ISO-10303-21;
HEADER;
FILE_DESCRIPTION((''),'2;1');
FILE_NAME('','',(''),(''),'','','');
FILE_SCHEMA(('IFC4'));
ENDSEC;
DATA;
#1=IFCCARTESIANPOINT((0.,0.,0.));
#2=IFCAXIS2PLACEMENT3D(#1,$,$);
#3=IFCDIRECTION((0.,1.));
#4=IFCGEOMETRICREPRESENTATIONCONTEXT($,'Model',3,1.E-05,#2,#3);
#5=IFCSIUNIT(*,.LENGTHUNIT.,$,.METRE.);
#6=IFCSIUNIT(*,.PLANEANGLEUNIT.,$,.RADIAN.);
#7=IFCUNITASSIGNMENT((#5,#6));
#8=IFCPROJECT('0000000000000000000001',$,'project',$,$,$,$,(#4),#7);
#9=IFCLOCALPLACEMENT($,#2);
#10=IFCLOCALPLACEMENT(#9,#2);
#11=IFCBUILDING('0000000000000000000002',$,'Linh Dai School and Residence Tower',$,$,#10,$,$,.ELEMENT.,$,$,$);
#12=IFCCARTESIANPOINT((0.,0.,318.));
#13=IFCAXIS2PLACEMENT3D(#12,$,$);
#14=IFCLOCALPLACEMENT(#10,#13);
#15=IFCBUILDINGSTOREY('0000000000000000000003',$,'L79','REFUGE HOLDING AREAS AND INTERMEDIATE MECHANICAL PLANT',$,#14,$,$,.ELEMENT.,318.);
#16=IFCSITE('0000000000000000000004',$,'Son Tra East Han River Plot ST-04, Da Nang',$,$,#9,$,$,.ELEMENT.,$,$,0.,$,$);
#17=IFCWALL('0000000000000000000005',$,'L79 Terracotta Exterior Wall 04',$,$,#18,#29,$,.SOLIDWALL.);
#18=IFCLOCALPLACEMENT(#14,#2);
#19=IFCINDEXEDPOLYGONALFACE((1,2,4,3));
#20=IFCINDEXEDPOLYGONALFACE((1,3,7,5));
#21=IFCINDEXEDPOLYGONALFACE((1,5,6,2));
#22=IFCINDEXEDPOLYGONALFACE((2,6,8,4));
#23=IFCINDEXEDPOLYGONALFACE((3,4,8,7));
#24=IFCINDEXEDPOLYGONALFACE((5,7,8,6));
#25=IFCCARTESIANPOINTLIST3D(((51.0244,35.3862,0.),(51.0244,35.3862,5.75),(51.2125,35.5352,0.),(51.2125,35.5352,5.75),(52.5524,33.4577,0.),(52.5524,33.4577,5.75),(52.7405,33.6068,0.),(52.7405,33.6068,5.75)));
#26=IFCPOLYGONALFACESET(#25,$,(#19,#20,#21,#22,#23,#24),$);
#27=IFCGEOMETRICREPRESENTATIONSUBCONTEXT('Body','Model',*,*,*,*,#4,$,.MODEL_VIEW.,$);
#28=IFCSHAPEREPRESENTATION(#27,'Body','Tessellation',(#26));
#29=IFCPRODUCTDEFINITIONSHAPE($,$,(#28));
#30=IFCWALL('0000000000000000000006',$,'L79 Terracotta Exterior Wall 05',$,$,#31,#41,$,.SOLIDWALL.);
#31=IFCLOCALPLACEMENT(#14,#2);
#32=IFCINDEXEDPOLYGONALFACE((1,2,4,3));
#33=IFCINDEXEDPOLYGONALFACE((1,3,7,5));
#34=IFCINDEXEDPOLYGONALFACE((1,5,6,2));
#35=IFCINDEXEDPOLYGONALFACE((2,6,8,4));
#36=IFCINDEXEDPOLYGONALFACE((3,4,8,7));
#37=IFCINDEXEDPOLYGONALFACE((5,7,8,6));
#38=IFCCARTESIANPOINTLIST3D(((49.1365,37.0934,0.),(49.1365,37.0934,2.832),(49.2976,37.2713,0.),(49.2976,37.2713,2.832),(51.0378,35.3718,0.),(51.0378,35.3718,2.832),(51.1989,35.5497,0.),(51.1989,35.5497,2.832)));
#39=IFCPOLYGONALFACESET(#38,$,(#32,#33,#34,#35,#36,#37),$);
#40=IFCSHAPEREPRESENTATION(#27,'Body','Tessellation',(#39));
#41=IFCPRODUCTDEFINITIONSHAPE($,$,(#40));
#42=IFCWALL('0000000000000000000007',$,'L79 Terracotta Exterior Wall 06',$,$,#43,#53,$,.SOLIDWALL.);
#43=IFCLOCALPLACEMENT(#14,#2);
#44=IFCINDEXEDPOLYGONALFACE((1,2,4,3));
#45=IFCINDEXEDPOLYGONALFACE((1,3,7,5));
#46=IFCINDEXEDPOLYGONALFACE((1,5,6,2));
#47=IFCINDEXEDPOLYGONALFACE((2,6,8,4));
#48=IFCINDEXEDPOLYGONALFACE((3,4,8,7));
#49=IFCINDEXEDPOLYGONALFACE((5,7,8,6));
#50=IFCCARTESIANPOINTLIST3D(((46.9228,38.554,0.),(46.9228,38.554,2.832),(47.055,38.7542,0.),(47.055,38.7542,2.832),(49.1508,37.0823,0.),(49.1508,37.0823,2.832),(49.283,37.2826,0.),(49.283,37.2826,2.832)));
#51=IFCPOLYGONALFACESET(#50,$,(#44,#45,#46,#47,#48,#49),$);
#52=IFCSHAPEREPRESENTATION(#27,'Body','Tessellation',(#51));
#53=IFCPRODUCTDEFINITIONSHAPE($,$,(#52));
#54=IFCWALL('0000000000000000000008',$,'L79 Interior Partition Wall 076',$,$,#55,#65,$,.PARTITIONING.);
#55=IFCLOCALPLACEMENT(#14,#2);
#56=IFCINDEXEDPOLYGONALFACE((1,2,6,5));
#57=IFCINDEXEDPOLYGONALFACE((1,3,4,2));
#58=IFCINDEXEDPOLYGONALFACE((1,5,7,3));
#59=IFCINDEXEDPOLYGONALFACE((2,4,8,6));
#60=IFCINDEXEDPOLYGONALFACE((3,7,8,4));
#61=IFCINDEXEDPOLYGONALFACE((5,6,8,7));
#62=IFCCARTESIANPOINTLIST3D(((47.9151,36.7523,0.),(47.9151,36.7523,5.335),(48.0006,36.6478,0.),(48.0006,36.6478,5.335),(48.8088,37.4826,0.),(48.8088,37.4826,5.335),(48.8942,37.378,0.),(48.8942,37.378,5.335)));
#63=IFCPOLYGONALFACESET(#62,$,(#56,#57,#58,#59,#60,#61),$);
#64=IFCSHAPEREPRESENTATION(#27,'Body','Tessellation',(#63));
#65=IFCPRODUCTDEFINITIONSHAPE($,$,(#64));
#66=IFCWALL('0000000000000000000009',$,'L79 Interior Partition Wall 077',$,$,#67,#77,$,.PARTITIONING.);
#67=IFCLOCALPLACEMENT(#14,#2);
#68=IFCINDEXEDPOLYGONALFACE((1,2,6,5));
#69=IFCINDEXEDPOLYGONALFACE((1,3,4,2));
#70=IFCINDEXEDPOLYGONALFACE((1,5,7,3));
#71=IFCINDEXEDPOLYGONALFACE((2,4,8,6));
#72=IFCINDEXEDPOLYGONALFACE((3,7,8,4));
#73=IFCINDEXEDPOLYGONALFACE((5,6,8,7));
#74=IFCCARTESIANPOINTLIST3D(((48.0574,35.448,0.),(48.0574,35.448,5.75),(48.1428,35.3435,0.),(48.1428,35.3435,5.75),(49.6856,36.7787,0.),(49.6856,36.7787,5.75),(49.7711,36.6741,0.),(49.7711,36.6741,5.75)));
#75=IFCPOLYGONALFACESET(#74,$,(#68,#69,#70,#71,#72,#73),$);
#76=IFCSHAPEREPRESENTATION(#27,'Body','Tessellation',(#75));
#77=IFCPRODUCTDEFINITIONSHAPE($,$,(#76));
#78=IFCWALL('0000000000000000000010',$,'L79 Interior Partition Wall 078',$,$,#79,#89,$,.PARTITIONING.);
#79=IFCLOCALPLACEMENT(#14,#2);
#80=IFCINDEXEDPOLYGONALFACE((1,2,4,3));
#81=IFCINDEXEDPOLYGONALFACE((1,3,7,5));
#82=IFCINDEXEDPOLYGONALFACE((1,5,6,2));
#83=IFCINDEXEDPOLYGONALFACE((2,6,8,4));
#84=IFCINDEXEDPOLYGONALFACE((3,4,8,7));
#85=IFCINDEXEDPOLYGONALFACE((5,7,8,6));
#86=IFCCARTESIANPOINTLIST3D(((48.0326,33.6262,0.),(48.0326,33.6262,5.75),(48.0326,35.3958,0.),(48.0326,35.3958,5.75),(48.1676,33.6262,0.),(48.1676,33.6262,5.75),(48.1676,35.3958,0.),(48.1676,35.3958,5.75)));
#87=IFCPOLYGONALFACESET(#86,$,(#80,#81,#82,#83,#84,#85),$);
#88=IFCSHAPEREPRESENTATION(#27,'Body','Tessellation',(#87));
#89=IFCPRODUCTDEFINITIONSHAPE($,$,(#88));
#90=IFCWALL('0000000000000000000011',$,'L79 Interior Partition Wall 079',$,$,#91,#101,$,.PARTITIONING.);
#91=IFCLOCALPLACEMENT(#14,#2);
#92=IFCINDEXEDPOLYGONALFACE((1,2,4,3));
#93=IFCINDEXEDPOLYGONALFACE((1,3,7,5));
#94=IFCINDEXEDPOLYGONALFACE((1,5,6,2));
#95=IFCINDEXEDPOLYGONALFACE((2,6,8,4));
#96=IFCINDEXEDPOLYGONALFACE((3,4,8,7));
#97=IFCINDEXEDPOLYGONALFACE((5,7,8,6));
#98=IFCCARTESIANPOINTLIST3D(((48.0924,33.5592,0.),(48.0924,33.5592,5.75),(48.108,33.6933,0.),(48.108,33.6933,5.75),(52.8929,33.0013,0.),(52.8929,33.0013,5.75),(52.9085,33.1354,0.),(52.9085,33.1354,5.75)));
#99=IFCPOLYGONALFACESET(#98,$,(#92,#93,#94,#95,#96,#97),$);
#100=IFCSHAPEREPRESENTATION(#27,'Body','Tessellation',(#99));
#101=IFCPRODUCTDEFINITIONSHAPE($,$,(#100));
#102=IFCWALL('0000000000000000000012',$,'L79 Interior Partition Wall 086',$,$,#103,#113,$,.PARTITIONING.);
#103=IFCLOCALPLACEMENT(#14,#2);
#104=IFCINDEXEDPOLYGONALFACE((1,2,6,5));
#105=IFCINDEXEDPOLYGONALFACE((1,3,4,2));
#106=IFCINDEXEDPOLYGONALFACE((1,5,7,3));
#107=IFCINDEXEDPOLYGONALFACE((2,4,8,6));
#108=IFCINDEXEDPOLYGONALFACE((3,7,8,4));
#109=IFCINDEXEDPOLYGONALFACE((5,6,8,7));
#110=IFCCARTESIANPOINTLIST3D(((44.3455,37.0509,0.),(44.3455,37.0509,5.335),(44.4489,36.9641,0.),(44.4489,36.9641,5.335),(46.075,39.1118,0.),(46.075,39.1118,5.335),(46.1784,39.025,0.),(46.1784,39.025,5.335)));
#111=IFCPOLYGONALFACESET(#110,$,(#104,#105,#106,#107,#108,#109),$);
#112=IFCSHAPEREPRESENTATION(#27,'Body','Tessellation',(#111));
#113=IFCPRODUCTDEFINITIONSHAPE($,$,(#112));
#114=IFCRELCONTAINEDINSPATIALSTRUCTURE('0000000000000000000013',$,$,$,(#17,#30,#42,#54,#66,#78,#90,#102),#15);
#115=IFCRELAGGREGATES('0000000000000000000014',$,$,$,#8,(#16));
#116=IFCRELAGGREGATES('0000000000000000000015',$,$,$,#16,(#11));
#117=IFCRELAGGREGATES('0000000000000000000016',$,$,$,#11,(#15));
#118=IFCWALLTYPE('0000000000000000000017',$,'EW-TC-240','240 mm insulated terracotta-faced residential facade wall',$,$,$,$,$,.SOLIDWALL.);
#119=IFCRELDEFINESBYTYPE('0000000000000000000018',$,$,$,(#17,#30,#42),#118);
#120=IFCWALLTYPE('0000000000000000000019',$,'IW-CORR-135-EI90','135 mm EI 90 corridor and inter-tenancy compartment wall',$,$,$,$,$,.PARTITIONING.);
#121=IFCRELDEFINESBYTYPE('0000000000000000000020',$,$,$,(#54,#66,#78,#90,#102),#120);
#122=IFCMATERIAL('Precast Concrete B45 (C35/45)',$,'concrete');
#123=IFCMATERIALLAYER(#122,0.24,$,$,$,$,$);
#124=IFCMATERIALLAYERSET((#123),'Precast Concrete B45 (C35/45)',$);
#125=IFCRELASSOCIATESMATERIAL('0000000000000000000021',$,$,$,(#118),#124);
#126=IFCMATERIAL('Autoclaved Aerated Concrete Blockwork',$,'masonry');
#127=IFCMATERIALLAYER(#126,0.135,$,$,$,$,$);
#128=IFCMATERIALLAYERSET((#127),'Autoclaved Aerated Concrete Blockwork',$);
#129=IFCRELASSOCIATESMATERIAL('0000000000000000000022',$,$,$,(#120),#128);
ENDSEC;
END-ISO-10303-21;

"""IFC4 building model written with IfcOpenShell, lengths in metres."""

from ifc_helpers import new_model, si_unit, direction, frame, frame_2d, origin, place, context, subcontext, project, spatial, rectangle, extrude, material, layer, layer_set, type_object, element, save


model = new_model("IFC4")

# Units and contexts
model_context = context("Model", 3, precision=1e-05, world=origin(), true_north=direction((0.0, 1.0)))
body_context = subcontext(model_context, "Body", "Model", "MODEL_VIEW")
ifc_project = project(units=[si_unit("LENGTHUNIT", "METRE"), si_unit("PLANEANGLEUNIT", "RADIAN")], contexts=[model_context])

# Site, building, storey
site_placement = place(None, origin())
site = spatial("IfcSite", under=ifc_project, at=site_placement, Name="Son Tra East Han River Plot ST-04, Da Nang", CompositionType="ELEMENT", RefElevation=0.0)
building_placement = place(site_placement, origin())
building = spatial("IfcBuilding", under=site, at=building_placement, Name="Linh Dai School and Residence Tower", CompositionType="ELEMENT")
storey_placement = place(building_placement, frame((0.0, 0.0, 318.0)))
storey = spatial("IfcBuildingStorey", under=building, at=storey_placement, Name="L79", Description="REFUGE HOLDING AREAS AND INTERMEDIATE MECHANICAL PLANT", CompositionType="ELEMENT", Elevation=318.0)

# Walls
ifc_material_1 = material(Name="Precast Concrete B45 (C35/45)", Category="concrete")
ifc_layer_1 = layer(ifc_material_1, 0.24)
ifc_layer_set_1 = layer_set([ifc_layer_1], Name="Precast Concrete B45 (C35/45)")
wall_type_1 = type_object("IfcWallType", Name="EW-TC-240", Description="240 mm insulated terracotta-faced residential facade wall", PredefinedType="SOLIDWALL", material=ifc_layer_set_1)
wall_1_placement = place(storey_placement, frame((51.1184, 35.4607, 0.0), z_axis=(0.0, 0.0, 1.0), x_axis=(0.621046, -0.783774, 0.0)))
element("IfcWall", 1, at=wall_1_placement, inside=storey, type_object=wall_type_1, Name="L79 Terracotta Exterior Wall 04", PredefinedType="SOLIDWALL", context=body_context, shape_type="SweptSolid", body=[
    extrude(rectangle(XDim=2.4604, YDim=0.24, at=frame_2d((1.2302, 0.0))), origin(), (0.0, 0.0, 1.0), 5.75),
])
wall_2_placement = place(storey_placement, frame((49.217, 37.1824, 0.0), z_axis=(0.0, 0.0, 1.0), x_axis=(0.741265, -0.671212, 0.0)))
element("IfcWall", 2, at=wall_2_placement, inside=storey, type_object=wall_type_1, Name="L79 Terracotta Exterior Wall 05", PredefinedType="SOLIDWALL", context=body_context, shape_type="SweptSolid", body=[
    extrude(rectangle(XDim=2.5649, YDim=0.24, at=frame_2d((1.2825, 0.0))), origin(), (0.0, 0.0, 1.0), 2.832),
])
wall_3_placement = place(storey_placement, frame((46.989, 38.6541, 0.0), z_axis=(0.0, 0.0, 1.0), x_axis=(0.834406, -0.55115, 0.0)))
element("IfcWall", 3, at=wall_3_placement, inside=storey, type_object=wall_type_1, Name="L79 Terracotta Exterior Wall 06", PredefinedType="SOLIDWALL", context=body_context, shape_type="SweptSolid", body=[
    extrude(rectangle(XDim=2.6702, YDim=0.24, at=frame_2d((1.335, 0.0))), origin(), (0.0, 0.0, 1.0), 2.832),
])
ifc_material_2 = material(Name="Autoclaved Aerated Concrete Blockwork", Category="masonry")
ifc_layer_2 = layer(ifc_material_2, 0.135)
ifc_layer_set_2 = layer_set([ifc_layer_2], Name="Autoclaved Aerated Concrete Blockwork")
wall_type_2 = type_object("IfcWallType", Name="IW-CORR-135-EI90", Description="135 mm EI 90 corridor and inter-tenancy compartment wall", PredefinedType="PARTITIONING", material=ifc_layer_set_2)
wall_4_placement = place(storey_placement, frame((47.9578, 36.7, 0.0), z_axis=(0.0, 0.0, 1.0), x_axis=(0.774325, 0.632788, 0.0)))
element("IfcWall", 4, at=wall_4_placement, inside=storey, type_object=wall_type_2, Name="L79 Interior Partition Wall 076", PredefinedType="PARTITIONING", context=body_context, shape_type="SweptSolid", body=[
    extrude(rectangle(XDim=1.1541, YDim=0.135, at=frame_2d((0.5771, 0.0))), origin(), (0.0, 0.0, 1.0), 5.335),
])
wall_5_placement = place(storey_placement, frame((49.7283, 36.7263, 0.0), z_axis=(0.0, 0.0, 1.0), x_axis=(-0.774324, -0.632789, 0.0)))
element("IfcWall", 5, at=wall_5_placement, inside=storey, type_object=wall_type_2, Name="L79 Interior Partition Wall 077", PredefinedType="PARTITIONING", context=body_context, shape_type="SweptSolid", body=[
    extrude(rectangle(XDim=2.1028, YDim=0.135, at=frame_2d((1.0513, 0.0))), origin(), (0.0, 0.0, 1.0), 5.75),
])
wall_6_placement = place(storey_placement, frame((48.1001, 35.3958, 0.0), z_axis=(0.0, 0.0, 1.0), x_axis=(0.0, -1.0, 0.0)))
element("IfcWall", 6, at=wall_6_placement, inside=storey, type_object=wall_type_2, Name="L79 Interior Partition Wall 078", PredefinedType="PARTITIONING", context=body_context, shape_type="SweptSolid", body=[
    extrude(rectangle(XDim=1.7695, YDim=0.135, at=frame_2d((0.8848, 0.0))), origin(), (0.0, 0.0, 1.0), 5.75),
])
wall_7_placement = place(storey_placement, frame((48.1001, 33.6262, 0.0), z_axis=(0.0, 0.0, 1.0), x_axis=(0.993315, -0.115431, 0.0)))
element("IfcWall", 7, at=wall_7_placement, inside=storey, type_object=wall_type_2, Name="L79 Interior Partition Wall 079", PredefinedType="PARTITIONING", context=body_context, shape_type="SweptSolid", body=[
    extrude(rectangle(XDim=4.8328, YDim=0.135, at=frame_2d((2.4165, 0.0))), origin(), (0.0, 0.0, 1.0), 5.75),
])
wall_8_placement = place(storey_placement, frame((46.1267, 39.0684, 0.0), z_axis=(0.0, 0.0, 1.0), x_axis=(-0.642849, -0.765993, 0.0)))
element("IfcWall", 8, at=wall_8_placement, inside=storey, type_object=wall_type_2, Name="L79 Interior Partition Wall 086", PredefinedType="PARTITIONING", context=body_context, shape_type="SweptSolid", body=[
    extrude(rectangle(XDim=2.6904, YDim=0.135, at=frame_2d((1.3452, 0.0))), origin(), (0.0, 0.0, 1.0), 5.335),
])

save(model, "model.ifc")
